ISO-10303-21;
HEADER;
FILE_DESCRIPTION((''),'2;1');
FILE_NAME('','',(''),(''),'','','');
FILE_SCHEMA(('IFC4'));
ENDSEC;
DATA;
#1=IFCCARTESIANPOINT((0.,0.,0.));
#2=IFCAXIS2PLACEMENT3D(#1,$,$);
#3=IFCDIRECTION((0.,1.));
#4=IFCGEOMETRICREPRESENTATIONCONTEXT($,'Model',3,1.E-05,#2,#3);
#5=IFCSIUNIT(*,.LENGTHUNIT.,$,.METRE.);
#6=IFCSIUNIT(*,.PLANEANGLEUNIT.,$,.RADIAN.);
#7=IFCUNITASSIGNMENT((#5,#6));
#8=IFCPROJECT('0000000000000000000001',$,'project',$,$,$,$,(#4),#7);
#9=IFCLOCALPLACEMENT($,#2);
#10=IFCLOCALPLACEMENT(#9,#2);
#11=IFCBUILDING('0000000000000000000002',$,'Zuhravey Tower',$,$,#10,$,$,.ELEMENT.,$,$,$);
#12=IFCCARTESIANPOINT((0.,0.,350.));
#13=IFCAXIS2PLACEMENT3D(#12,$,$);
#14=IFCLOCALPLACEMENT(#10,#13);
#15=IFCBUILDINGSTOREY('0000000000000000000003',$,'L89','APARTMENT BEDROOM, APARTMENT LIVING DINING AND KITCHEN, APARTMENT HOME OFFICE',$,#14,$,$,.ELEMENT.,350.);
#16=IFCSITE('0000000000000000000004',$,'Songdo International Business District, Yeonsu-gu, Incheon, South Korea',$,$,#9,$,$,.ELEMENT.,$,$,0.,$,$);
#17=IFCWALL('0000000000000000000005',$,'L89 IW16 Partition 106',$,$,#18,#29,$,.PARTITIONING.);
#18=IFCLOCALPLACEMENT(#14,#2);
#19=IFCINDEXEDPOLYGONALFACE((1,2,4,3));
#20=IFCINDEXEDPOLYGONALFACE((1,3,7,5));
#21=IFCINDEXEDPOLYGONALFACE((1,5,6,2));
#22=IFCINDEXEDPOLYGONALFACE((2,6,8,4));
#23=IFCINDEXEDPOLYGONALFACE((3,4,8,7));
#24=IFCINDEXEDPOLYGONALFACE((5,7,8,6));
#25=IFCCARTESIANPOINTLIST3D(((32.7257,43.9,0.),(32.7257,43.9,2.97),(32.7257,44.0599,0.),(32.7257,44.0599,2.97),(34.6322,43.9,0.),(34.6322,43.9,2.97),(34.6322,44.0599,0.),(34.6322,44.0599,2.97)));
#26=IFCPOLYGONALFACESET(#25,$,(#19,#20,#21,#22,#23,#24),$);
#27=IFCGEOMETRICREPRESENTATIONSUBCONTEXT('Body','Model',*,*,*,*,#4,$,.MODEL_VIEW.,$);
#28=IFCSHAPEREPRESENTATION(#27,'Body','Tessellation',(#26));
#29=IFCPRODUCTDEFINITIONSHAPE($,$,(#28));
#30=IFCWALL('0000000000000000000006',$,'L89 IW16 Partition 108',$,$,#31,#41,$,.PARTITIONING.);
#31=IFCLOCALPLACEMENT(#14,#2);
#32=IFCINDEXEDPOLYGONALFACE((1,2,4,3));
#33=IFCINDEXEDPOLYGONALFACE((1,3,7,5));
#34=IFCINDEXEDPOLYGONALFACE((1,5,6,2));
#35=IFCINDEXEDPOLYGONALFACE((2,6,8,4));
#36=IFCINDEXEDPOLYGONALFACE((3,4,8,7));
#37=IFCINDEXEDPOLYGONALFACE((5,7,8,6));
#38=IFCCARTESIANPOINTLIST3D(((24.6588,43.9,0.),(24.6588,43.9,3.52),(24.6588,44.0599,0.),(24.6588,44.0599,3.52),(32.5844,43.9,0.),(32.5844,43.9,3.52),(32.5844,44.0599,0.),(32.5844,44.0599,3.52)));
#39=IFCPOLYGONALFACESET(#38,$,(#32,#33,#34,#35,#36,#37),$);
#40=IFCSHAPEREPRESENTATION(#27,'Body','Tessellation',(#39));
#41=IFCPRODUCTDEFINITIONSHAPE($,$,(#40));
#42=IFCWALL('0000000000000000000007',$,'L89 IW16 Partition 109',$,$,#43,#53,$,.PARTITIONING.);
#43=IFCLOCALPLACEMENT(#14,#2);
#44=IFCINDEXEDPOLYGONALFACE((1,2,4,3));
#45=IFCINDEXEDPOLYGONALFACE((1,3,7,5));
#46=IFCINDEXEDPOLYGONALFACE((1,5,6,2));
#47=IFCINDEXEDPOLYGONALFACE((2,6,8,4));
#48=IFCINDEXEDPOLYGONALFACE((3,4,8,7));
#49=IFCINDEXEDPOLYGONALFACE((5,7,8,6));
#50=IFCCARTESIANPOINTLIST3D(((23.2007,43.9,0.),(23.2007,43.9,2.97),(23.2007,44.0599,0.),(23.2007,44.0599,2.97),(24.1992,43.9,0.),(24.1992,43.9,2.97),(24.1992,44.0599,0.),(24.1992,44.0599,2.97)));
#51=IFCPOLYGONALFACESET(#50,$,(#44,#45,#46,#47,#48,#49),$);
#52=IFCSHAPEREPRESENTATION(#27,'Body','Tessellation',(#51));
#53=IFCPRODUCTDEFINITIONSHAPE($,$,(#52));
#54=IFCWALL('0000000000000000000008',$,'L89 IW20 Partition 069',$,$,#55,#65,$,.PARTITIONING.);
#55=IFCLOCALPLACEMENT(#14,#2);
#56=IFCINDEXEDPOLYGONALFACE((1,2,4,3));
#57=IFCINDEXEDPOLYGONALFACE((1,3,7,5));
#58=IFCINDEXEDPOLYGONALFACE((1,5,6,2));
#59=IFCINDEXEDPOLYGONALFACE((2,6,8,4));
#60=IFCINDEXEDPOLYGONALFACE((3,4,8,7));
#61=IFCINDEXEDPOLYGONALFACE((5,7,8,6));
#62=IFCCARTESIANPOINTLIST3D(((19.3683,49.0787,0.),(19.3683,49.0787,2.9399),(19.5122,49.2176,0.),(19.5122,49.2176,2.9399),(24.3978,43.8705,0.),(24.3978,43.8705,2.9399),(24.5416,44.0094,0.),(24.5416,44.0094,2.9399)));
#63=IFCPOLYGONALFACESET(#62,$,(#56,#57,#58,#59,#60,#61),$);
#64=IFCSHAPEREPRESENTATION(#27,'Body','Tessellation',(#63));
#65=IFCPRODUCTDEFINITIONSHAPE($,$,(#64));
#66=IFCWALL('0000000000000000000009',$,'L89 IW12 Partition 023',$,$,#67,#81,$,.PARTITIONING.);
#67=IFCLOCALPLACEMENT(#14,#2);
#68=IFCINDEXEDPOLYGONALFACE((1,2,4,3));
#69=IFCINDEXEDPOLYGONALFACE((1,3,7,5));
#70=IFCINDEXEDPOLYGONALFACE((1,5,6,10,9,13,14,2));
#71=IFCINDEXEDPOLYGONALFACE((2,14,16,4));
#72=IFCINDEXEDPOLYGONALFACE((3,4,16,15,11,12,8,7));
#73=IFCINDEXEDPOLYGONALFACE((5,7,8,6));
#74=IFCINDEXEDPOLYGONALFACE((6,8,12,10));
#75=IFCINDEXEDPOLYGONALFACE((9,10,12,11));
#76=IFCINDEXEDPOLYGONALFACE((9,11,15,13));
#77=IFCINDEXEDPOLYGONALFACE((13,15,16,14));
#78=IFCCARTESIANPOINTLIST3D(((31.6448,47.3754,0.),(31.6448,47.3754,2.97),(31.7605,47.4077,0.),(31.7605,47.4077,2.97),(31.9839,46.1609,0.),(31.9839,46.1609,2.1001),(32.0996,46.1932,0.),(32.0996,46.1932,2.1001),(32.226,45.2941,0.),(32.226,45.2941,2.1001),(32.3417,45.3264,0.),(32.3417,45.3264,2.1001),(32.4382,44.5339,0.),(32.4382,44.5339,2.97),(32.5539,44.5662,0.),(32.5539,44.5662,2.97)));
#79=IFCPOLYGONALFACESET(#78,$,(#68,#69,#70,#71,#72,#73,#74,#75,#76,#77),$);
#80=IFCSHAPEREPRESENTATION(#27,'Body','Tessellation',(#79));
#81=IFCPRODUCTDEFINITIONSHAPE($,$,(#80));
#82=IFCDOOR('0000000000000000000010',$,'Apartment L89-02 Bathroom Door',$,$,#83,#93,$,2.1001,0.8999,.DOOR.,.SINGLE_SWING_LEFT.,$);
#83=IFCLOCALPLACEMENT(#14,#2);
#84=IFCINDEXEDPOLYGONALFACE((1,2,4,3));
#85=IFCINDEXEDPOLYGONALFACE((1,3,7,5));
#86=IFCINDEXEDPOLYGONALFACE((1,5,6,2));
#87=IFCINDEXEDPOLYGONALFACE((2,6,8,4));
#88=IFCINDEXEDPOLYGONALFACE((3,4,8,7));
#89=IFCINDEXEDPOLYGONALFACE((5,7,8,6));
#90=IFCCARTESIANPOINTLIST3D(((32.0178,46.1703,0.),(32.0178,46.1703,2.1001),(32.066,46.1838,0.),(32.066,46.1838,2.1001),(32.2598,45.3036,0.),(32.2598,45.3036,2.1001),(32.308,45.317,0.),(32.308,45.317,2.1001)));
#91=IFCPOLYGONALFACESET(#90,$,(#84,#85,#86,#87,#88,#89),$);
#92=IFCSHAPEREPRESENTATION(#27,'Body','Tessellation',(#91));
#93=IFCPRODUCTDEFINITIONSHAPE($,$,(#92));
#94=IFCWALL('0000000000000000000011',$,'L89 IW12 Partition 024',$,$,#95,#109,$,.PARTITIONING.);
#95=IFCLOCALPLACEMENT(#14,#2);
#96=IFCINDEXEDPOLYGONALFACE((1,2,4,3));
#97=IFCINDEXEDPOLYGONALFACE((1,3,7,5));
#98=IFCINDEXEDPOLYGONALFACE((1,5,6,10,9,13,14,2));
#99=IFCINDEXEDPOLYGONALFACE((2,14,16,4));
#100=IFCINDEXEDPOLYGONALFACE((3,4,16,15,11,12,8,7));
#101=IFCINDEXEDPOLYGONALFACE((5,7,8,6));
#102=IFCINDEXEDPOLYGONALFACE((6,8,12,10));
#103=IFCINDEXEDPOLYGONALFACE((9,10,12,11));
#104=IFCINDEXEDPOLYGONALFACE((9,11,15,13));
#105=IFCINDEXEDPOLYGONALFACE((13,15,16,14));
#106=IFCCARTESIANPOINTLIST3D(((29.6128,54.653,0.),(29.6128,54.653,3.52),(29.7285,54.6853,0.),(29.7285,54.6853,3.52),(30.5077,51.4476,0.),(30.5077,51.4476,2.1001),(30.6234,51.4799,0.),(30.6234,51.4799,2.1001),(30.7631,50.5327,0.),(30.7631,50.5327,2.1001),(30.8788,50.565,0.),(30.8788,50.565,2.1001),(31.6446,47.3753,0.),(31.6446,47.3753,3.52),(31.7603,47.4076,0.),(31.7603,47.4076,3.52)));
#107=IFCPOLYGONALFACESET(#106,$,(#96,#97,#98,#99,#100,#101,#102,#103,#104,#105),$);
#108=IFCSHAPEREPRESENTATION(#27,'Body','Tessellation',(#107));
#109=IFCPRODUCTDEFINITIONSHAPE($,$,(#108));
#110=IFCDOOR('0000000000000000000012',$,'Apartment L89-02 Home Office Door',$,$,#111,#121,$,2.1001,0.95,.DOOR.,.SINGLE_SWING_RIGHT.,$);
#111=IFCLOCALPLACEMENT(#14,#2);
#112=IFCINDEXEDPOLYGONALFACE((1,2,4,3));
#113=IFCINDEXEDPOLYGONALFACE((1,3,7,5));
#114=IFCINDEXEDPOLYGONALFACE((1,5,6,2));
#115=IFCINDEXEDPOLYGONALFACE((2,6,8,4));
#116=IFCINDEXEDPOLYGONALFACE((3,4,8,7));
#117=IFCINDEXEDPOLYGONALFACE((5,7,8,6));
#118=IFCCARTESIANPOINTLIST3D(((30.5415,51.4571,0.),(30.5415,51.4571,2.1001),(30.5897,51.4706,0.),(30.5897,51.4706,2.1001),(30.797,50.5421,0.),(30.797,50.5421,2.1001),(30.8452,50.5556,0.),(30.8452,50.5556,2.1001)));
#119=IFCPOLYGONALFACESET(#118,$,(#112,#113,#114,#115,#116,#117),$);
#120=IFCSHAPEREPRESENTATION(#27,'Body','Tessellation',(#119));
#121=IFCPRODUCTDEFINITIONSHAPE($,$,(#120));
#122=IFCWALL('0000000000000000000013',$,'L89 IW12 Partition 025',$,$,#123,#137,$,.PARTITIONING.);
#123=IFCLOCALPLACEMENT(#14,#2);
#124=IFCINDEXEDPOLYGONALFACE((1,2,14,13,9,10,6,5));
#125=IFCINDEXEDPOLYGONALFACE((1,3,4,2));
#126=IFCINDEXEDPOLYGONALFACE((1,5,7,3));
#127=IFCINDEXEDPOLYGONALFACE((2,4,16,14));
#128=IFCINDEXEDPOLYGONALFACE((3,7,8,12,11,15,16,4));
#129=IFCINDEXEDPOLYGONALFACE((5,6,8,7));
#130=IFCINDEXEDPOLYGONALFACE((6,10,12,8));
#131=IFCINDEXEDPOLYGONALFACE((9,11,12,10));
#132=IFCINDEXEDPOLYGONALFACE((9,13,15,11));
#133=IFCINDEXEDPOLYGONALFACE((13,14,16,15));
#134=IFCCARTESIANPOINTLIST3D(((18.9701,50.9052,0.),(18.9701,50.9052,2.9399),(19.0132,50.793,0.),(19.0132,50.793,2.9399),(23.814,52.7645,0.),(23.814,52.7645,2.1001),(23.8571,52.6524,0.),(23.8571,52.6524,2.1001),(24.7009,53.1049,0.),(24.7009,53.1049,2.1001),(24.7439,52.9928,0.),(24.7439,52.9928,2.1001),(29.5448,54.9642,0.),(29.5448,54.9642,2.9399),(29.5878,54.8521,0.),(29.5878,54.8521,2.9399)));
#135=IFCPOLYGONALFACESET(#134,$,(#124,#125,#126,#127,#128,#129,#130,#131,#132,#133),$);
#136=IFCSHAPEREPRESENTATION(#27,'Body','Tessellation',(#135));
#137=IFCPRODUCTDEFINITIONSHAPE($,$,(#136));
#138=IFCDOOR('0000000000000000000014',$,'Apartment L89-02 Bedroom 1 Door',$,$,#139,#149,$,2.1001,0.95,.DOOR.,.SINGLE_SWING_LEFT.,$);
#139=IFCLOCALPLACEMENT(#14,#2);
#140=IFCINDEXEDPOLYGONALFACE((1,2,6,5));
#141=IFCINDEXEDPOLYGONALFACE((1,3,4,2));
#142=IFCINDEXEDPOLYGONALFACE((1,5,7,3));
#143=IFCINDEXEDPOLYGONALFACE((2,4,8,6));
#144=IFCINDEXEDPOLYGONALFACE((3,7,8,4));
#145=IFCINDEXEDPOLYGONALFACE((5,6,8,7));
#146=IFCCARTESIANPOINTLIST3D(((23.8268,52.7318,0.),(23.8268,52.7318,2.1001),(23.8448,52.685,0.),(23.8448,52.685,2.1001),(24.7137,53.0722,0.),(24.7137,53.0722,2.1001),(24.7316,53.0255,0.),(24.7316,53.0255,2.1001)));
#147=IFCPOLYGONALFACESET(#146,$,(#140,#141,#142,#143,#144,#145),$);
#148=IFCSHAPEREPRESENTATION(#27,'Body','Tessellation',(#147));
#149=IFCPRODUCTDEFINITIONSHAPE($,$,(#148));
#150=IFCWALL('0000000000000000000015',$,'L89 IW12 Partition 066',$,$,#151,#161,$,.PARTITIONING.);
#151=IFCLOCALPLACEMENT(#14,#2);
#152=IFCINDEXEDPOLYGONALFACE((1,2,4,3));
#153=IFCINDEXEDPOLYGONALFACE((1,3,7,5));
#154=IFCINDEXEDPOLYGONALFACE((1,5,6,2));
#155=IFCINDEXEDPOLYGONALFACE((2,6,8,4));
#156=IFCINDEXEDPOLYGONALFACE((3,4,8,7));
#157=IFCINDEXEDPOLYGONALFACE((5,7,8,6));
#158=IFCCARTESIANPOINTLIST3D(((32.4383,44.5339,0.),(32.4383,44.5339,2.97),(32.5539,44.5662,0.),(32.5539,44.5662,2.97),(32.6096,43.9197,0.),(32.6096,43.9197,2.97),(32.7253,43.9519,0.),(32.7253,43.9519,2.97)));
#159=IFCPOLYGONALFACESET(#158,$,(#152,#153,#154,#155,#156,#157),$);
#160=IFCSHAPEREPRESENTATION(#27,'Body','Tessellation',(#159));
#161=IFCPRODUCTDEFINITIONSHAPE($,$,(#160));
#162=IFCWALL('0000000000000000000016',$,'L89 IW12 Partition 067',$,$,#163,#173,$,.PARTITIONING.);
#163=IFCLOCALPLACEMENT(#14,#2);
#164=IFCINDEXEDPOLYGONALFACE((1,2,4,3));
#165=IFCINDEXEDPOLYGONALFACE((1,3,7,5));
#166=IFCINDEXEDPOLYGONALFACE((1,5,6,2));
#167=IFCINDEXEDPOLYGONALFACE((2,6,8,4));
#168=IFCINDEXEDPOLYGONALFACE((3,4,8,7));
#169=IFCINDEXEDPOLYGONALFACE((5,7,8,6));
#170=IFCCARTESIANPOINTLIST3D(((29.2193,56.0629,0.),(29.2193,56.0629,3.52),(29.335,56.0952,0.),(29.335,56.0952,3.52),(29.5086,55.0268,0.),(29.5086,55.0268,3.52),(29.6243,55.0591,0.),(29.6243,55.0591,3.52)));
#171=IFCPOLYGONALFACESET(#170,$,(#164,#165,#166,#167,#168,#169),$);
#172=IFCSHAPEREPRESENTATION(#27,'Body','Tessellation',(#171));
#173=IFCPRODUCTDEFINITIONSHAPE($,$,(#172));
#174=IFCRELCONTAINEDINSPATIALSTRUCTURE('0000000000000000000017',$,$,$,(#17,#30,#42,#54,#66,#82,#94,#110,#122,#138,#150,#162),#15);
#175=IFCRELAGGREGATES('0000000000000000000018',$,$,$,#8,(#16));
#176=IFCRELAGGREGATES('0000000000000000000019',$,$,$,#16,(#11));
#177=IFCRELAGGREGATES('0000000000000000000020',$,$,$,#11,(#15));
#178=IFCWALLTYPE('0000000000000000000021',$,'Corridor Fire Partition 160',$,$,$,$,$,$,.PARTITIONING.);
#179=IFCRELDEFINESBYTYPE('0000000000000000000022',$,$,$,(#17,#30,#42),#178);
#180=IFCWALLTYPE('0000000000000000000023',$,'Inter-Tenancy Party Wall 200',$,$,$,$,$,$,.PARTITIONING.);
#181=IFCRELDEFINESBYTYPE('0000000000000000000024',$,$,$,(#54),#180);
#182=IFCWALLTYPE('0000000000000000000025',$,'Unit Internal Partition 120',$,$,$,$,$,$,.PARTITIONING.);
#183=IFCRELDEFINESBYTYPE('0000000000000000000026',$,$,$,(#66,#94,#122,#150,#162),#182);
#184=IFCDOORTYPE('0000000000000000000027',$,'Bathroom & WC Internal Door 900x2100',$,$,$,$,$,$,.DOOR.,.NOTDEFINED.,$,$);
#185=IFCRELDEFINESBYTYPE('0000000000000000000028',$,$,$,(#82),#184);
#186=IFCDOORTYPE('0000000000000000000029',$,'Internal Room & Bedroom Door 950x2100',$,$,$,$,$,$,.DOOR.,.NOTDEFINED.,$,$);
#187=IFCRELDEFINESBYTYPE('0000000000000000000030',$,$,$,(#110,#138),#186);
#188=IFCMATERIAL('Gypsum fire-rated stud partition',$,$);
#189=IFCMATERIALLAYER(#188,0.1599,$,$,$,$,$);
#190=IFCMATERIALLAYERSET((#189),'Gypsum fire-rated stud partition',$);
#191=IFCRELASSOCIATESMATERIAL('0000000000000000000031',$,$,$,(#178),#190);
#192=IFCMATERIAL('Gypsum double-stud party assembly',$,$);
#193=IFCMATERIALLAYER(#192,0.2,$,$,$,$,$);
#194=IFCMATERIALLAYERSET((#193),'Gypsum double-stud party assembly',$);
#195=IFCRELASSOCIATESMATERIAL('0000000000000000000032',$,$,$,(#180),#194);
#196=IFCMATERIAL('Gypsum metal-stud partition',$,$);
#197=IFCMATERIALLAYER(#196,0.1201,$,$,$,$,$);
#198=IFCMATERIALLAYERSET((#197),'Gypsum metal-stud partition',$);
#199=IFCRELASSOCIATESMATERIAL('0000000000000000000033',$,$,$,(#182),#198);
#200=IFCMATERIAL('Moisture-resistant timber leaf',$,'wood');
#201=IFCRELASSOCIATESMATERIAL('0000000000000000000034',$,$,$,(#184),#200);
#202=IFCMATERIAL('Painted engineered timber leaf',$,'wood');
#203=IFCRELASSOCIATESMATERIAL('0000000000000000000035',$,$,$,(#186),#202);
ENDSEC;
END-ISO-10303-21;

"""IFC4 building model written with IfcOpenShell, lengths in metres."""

from ifc_helpers import new_model, si_unit, direction, frame, frame_2d, origin, place, context, subcontext, project, spatial, rectangle, extrude, material, layer, layer_set, type_object, element, fill, save


model = new_model("IFC4")

# Units and contexts
model_context = context("Model", 3, precision=1e-05, world=origin(), true_north=direction((0.0, 1.0)))
body_context = subcontext(model_context, "Body", "Model", "MODEL_VIEW")
ifc_project = project(units=[si_unit("LENGTHUNIT", "METRE"), si_unit("PLANEANGLEUNIT", "RADIAN")], contexts=[model_context])

# Site, building, storey
site_placement = place(None, origin())
site = spatial("IfcSite", under=ifc_project, at=site_placement, Name="Songdo International Business District, Yeonsu-gu, Incheon, South Korea", CompositionType="ELEMENT", RefElevation=0.0)
building_placement = place(site_placement, origin())
building = spatial("IfcBuilding", under=site, at=building_placement, Name="Zuhravey Tower", CompositionType="ELEMENT")
storey_placement = place(building_placement, frame((0.0, 0.0, 350.0)))
storey = spatial("IfcBuildingStorey", under=building, at=storey_placement, Name="L89", Description="APARTMENT BEDROOM, APARTMENT LIVING DINING AND KITCHEN, APARTMENT HOME OFFICE", CompositionType="ELEMENT", Elevation=350.0)

# Shared definitions
ifc_material_1 = material(Name="Gypsum fire-rated stud partition")
ifc_layer_1 = layer(ifc_material_1, 0.1599)
ifc_layer_set_1 = layer_set([ifc_layer_1], Name="Gypsum fire-rated stud partition")
wall_type_1 = type_object("IfcWallType", Name="Corridor Fire Partition 160", PredefinedType="PARTITIONING", material=ifc_layer_set_1)

# Walls
wall_1_placement = place(storey_placement, frame((34.6321, 43.98, 0.0), z_axis=(0.0, 0.0, 1.0), x_axis=(-1.0, 0.0, 0.0)))
element("IfcWall", 1, at=wall_1_placement, inside=storey, type_object=wall_type_1, Name="L89 IW16 Partition 106", PredefinedType="PARTITIONING", context=body_context, shape_type="SweptSolid", body=[
    extrude(rectangle(XDim=1.9065, YDim=0.1599, at=frame_2d((0.9531, 0.0))), origin(), (0.0, 0.0, 1.0), 2.97),
])
wall_2_placement = place(storey_placement, frame((32.5845, 43.98, 0.0), z_axis=(0.0, 0.0, 1.0), x_axis=(-1.0, 0.0, 0.0)))
element("IfcWall", 2, at=wall_2_placement, inside=storey, type_object=wall_type_1, Name="L89 IW16 Partition 108", PredefinedType="PARTITIONING", context=body_context, shape_type="SweptSolid", body=[
    extrude(rectangle(XDim=7.9255, YDim=0.1599, at=frame_2d((3.9629, 0.0))), origin(), (0.0, 0.0, 1.0), 3.52),
])
wall_3_placement = place(storey_placement, frame((24.1992, 43.98, 0.0), z_axis=(0.0, 0.0, 1.0), x_axis=(-1.0, 0.0, 0.0)))
element("IfcWall", 3, at=wall_3_placement, inside=storey, type_object=wall_type_1, Name="L89 IW16 Partition 109", PredefinedType="PARTITIONING", context=body_context, shape_type="SweptSolid", body=[
    extrude(rectangle(XDim=0.9985, YDim=0.1599, at=frame_2d((0.4993, 0.0))), origin(), (0.0, 0.0, 1.0), 2.97),
])
ifc_material_2 = material(Name="Gypsum double-stud party assembly")
ifc_layer_2 = layer(ifc_material_2, 0.2)
ifc_layer_set_2 = layer_set([ifc_layer_2], Name="Gypsum double-stud party assembly")
wall_type_2 = type_object("IfcWallType", Name="Inter-Tenancy Party Wall 200", PredefinedType="PARTITIONING", material=ifc_layer_set_2)
wall_4_placement = place(storey_placement, frame((24.4697, 43.9399, 0.0), z_axis=(0.0, 0.0, 1.0), x_axis=(-0.694658, 0.71934, 0.0)))
element("IfcWall", 4, at=wall_4_placement, inside=storey, type_object=wall_type_2, Name="L89 IW20 Partition 069", PredefinedType="PARTITIONING", context=body_context, shape_type="SweptSolid", body=[
    extrude(rectangle(XDim=7.2402, YDim=0.2, at=frame_2d((3.6201, 0.0))), origin(), (0.0, 0.0, 1.0), 2.9399),
])

# Walls, openings, doors
ifc_material_3 = material(Name="Gypsum metal-stud partition")
ifc_layer_3 = layer(ifc_material_3, 0.1201)
ifc_layer_set_3 = layer_set([ifc_layer_3], Name="Gypsum metal-stud partition")
wall_type_3 = type_object("IfcWallType", Name="Unit Internal Partition 120", PredefinedType="PARTITIONING", material=ifc_layer_set_3)
wall_5_placement = place(storey_placement, frame((32.4961, 44.55, 0.0), z_axis=(0.0, 0.0, 1.0), x_axis=(-0.268945, 0.963155, 0.0)))
wall_5 = element("IfcWall", 5, at=wall_5_placement, inside=storey, type_object=wall_type_3, Name="L89 IW12 Partition 023", PredefinedType="PARTITIONING", context=body_context, shape_type="SweptSolid", body=[
    extrude(rectangle(XDim=2.9502, YDim=0.1201, at=frame_2d((1.4751, 0.0))), origin(), (0.0, 0.0, 1.0), 2.97),
])
opening_1_placement = place(wall_5_placement, frame((0.7893, 0.0, 0.0)))
opening_1 = element("IfcOpeningElement", 6, at=opening_1_placement, cuts=wall_5, PredefinedType="OPENING", context=body_context, shape_type="SweptSolid", body=[
    extrude(rectangle(XDim=0.8999, YDim=2.1001, at=frame_2d((0.45, 1.05))), frame((0.0, 0.072, 0.0), z_axis=(0.0, -1.0, 0.0), x_axis=(1.0, 0.0, 0.0)), (0.0, 0.0, 1.0), 0.144),
])
ifc_material_4 = material(Name="Moisture-resistant timber leaf", Category="wood")
door_type_1 = type_object("IfcDoorType", Name="Bathroom & WC Internal Door 900x2100", OperationType="NOTDEFINED", PredefinedType="DOOR", material=ifc_material_4)
door_1_placement = place(opening_1_placement, origin())
door_1 = element("IfcDoor", 7, at=door_1_placement, inside=storey, type_object=door_type_1, Name="Apartment L89-02 Bathroom Door", OperationType="SINGLE_SWING_LEFT", OverallHeight=2.1001, OverallWidth=0.8999, PredefinedType="DOOR", context=body_context, shape_type="SweptSolid", body=[
    extrude(rectangle(XDim=0.8999, YDim=2.1001, at=frame_2d((0.45, 1.05))), frame((0.0, 0.0249, 0.0), z_axis=(0.0, -1.0, 0.0), x_axis=(1.0, 0.0, 0.0)), (0.0, 0.0, 1.0), 0.05),
])
fill(opening_1, door_1)
wall_6_placement = place(storey_placement, frame((31.7024, 47.3916, 0.0), z_axis=(0.0, 0.0, 1.0), x_axis=(-0.268895, 0.963169, 0.0)))
wall_6 = element("IfcWall", 8, at=wall_6_placement, inside=storey, type_object=wall_type_3, Name="L89 IW12 Partition 024", PredefinedType="PARTITIONING", context=body_context, shape_type="SweptSolid", body=[
    extrude(rectangle(XDim=7.5559, YDim=0.1201, at=frame_2d((3.7778, 0.0))), origin(), (0.0, 0.0, 1.0), 3.52),
])
opening_2_placement = place(wall_6_placement, frame((3.2778, 0.0, 0.0)))
opening_2 = element("IfcOpeningElement", 9, at=opening_2_placement, cuts=wall_6, PredefinedType="OPENING", context=body_context, shape_type="SweptSolid", body=[
    extrude(rectangle(XDim=0.95, YDim=2.1001, at=frame_2d((0.4751, 1.05))), frame((0.0, 0.072, 0.0), z_axis=(0.0, -1.0, 0.0), x_axis=(1.0, 0.0, 0.0)), (0.0, 0.0, 1.0), 0.144),
])
ifc_material_5 = material(Name="Painted engineered timber leaf", Category="wood")
door_type_2 = type_object("IfcDoorType", Name="Internal Room & Bedroom Door 950x2100", OperationType="NOTDEFINED", PredefinedType="DOOR", material=ifc_material_5)
door_2_placement = place(opening_2_placement, origin())
door_2 = element("IfcDoor", 10, at=door_2_placement, inside=storey, type_object=door_type_2, Name="Apartment L89-02 Home Office Door", OperationType="SINGLE_SWING_RIGHT", OverallHeight=2.1001, OverallWidth=0.95, PredefinedType="DOOR", context=body_context, shape_type="SweptSolid", body=[
    extrude(rectangle(XDim=0.95, YDim=2.1001, at=frame_2d((0.4751, 1.05))), frame((0.0, 0.0249, 0.0), z_axis=(0.0, -1.0, 0.0), x_axis=(1.0, 0.0, 0.0)), (0.0, 0.0, 1.0), 0.05),
])
fill(opening_2, door_2)
wall_7_placement = place(storey_placement, frame((29.5664, 54.9082, 0.0), z_axis=(0.0, 0.0, 1.0), x_axis=(-0.933585, -0.358355, 0.0)))
wall_7 = element("IfcWall", 11, at=wall_7_placement, inside=storey, type_object=wall_type_3, Name="L89 IW12 Partition 025", PredefinedType="PARTITIONING", context=body_context, shape_type="SweptSolid", body=[
    extrude(rectangle(XDim=11.3269, YDim=0.1201, at=frame_2d((5.6636, 0.0))), origin(), (0.0, 0.0, 1.0), 2.9399),
])
opening_3_placement = place(wall_7_placement, frame((5.1885, 0.0, 0.0)))
opening_3 = element("IfcOpeningElement", 12, at=opening_3_placement, cuts=wall_7, PredefinedType="OPENING", context=body_context, shape_type="SweptSolid", body=[
    extrude(rectangle(XDim=0.95, YDim=2.1001, at=frame_2d((0.4751, 1.05))), frame((0.0, 0.072, 0.0), z_axis=(0.0, -1.0, 0.0), x_axis=(1.0, 0.0, 0.0)), (0.0, 0.0, 1.0), 0.144),
])
door_3_placement = place(opening_3_placement, frame((0.95, 0.0, 0.0), z_axis=(0.0, 0.0, 1.0), x_axis=(-1.0, 0.0, 0.0)))
door_3 = element("IfcDoor", 13, at=door_3_placement, inside=storey, type_object=door_type_2, Name="Apartment L89-02 Bedroom 1 Door", OperationType="SINGLE_SWING_LEFT", OverallHeight=2.1001, OverallWidth=0.95, PredefinedType="DOOR", context=body_context, shape_type="SweptSolid", body=[
    extrude(rectangle(XDim=0.95, YDim=2.1001, at=frame_2d((0.4751, 1.05))), frame((0.0, 0.0249, 0.0), z_axis=(0.0, -1.0, 0.0), x_axis=(1.0, 0.0, 0.0)), (0.0, 0.0, 1.0), 0.05),
])
fill(opening_3, door_3)

# Walls
wall_8_placement = place(storey_placement, frame((32.6675, 43.9358, 0.0), z_axis=(0.0, 0.0, 1.0), x_axis=(-0.268749, 0.96321, 0.0)))
element("IfcWall", 14, at=wall_8_placement, inside=storey, type_object=wall_type_3, Name="L89 IW12 Partition 066", PredefinedType="PARTITIONING", context=body_context, shape_type="SweptSolid", body=[
    extrude(rectangle(XDim=0.6377, YDim=0.1201, at=frame_2d((0.3188, 0.0))), origin(), (0.0, 0.0, 1.0), 2.97),
])
wall_9_placement = place(storey_placement, frame((29.5664, 55.043, 0.0), z_axis=(0.0, 0.0, 1.0), x_axis=(-0.268931, 0.963159, 0.0)))
element("IfcWall", 15, at=wall_9_placement, inside=storey, type_object=wall_type_3, Name="L89 IW12 Partition 067", PredefinedType="PARTITIONING", context=body_context, shape_type="SweptSolid", body=[
    extrude(rectangle(XDim=1.0757, YDim=0.1201, at=frame_2d((0.5378, 0.0))), origin(), (0.0, 0.0, 1.0), 3.52),
])

save(model, "model.ifc")
